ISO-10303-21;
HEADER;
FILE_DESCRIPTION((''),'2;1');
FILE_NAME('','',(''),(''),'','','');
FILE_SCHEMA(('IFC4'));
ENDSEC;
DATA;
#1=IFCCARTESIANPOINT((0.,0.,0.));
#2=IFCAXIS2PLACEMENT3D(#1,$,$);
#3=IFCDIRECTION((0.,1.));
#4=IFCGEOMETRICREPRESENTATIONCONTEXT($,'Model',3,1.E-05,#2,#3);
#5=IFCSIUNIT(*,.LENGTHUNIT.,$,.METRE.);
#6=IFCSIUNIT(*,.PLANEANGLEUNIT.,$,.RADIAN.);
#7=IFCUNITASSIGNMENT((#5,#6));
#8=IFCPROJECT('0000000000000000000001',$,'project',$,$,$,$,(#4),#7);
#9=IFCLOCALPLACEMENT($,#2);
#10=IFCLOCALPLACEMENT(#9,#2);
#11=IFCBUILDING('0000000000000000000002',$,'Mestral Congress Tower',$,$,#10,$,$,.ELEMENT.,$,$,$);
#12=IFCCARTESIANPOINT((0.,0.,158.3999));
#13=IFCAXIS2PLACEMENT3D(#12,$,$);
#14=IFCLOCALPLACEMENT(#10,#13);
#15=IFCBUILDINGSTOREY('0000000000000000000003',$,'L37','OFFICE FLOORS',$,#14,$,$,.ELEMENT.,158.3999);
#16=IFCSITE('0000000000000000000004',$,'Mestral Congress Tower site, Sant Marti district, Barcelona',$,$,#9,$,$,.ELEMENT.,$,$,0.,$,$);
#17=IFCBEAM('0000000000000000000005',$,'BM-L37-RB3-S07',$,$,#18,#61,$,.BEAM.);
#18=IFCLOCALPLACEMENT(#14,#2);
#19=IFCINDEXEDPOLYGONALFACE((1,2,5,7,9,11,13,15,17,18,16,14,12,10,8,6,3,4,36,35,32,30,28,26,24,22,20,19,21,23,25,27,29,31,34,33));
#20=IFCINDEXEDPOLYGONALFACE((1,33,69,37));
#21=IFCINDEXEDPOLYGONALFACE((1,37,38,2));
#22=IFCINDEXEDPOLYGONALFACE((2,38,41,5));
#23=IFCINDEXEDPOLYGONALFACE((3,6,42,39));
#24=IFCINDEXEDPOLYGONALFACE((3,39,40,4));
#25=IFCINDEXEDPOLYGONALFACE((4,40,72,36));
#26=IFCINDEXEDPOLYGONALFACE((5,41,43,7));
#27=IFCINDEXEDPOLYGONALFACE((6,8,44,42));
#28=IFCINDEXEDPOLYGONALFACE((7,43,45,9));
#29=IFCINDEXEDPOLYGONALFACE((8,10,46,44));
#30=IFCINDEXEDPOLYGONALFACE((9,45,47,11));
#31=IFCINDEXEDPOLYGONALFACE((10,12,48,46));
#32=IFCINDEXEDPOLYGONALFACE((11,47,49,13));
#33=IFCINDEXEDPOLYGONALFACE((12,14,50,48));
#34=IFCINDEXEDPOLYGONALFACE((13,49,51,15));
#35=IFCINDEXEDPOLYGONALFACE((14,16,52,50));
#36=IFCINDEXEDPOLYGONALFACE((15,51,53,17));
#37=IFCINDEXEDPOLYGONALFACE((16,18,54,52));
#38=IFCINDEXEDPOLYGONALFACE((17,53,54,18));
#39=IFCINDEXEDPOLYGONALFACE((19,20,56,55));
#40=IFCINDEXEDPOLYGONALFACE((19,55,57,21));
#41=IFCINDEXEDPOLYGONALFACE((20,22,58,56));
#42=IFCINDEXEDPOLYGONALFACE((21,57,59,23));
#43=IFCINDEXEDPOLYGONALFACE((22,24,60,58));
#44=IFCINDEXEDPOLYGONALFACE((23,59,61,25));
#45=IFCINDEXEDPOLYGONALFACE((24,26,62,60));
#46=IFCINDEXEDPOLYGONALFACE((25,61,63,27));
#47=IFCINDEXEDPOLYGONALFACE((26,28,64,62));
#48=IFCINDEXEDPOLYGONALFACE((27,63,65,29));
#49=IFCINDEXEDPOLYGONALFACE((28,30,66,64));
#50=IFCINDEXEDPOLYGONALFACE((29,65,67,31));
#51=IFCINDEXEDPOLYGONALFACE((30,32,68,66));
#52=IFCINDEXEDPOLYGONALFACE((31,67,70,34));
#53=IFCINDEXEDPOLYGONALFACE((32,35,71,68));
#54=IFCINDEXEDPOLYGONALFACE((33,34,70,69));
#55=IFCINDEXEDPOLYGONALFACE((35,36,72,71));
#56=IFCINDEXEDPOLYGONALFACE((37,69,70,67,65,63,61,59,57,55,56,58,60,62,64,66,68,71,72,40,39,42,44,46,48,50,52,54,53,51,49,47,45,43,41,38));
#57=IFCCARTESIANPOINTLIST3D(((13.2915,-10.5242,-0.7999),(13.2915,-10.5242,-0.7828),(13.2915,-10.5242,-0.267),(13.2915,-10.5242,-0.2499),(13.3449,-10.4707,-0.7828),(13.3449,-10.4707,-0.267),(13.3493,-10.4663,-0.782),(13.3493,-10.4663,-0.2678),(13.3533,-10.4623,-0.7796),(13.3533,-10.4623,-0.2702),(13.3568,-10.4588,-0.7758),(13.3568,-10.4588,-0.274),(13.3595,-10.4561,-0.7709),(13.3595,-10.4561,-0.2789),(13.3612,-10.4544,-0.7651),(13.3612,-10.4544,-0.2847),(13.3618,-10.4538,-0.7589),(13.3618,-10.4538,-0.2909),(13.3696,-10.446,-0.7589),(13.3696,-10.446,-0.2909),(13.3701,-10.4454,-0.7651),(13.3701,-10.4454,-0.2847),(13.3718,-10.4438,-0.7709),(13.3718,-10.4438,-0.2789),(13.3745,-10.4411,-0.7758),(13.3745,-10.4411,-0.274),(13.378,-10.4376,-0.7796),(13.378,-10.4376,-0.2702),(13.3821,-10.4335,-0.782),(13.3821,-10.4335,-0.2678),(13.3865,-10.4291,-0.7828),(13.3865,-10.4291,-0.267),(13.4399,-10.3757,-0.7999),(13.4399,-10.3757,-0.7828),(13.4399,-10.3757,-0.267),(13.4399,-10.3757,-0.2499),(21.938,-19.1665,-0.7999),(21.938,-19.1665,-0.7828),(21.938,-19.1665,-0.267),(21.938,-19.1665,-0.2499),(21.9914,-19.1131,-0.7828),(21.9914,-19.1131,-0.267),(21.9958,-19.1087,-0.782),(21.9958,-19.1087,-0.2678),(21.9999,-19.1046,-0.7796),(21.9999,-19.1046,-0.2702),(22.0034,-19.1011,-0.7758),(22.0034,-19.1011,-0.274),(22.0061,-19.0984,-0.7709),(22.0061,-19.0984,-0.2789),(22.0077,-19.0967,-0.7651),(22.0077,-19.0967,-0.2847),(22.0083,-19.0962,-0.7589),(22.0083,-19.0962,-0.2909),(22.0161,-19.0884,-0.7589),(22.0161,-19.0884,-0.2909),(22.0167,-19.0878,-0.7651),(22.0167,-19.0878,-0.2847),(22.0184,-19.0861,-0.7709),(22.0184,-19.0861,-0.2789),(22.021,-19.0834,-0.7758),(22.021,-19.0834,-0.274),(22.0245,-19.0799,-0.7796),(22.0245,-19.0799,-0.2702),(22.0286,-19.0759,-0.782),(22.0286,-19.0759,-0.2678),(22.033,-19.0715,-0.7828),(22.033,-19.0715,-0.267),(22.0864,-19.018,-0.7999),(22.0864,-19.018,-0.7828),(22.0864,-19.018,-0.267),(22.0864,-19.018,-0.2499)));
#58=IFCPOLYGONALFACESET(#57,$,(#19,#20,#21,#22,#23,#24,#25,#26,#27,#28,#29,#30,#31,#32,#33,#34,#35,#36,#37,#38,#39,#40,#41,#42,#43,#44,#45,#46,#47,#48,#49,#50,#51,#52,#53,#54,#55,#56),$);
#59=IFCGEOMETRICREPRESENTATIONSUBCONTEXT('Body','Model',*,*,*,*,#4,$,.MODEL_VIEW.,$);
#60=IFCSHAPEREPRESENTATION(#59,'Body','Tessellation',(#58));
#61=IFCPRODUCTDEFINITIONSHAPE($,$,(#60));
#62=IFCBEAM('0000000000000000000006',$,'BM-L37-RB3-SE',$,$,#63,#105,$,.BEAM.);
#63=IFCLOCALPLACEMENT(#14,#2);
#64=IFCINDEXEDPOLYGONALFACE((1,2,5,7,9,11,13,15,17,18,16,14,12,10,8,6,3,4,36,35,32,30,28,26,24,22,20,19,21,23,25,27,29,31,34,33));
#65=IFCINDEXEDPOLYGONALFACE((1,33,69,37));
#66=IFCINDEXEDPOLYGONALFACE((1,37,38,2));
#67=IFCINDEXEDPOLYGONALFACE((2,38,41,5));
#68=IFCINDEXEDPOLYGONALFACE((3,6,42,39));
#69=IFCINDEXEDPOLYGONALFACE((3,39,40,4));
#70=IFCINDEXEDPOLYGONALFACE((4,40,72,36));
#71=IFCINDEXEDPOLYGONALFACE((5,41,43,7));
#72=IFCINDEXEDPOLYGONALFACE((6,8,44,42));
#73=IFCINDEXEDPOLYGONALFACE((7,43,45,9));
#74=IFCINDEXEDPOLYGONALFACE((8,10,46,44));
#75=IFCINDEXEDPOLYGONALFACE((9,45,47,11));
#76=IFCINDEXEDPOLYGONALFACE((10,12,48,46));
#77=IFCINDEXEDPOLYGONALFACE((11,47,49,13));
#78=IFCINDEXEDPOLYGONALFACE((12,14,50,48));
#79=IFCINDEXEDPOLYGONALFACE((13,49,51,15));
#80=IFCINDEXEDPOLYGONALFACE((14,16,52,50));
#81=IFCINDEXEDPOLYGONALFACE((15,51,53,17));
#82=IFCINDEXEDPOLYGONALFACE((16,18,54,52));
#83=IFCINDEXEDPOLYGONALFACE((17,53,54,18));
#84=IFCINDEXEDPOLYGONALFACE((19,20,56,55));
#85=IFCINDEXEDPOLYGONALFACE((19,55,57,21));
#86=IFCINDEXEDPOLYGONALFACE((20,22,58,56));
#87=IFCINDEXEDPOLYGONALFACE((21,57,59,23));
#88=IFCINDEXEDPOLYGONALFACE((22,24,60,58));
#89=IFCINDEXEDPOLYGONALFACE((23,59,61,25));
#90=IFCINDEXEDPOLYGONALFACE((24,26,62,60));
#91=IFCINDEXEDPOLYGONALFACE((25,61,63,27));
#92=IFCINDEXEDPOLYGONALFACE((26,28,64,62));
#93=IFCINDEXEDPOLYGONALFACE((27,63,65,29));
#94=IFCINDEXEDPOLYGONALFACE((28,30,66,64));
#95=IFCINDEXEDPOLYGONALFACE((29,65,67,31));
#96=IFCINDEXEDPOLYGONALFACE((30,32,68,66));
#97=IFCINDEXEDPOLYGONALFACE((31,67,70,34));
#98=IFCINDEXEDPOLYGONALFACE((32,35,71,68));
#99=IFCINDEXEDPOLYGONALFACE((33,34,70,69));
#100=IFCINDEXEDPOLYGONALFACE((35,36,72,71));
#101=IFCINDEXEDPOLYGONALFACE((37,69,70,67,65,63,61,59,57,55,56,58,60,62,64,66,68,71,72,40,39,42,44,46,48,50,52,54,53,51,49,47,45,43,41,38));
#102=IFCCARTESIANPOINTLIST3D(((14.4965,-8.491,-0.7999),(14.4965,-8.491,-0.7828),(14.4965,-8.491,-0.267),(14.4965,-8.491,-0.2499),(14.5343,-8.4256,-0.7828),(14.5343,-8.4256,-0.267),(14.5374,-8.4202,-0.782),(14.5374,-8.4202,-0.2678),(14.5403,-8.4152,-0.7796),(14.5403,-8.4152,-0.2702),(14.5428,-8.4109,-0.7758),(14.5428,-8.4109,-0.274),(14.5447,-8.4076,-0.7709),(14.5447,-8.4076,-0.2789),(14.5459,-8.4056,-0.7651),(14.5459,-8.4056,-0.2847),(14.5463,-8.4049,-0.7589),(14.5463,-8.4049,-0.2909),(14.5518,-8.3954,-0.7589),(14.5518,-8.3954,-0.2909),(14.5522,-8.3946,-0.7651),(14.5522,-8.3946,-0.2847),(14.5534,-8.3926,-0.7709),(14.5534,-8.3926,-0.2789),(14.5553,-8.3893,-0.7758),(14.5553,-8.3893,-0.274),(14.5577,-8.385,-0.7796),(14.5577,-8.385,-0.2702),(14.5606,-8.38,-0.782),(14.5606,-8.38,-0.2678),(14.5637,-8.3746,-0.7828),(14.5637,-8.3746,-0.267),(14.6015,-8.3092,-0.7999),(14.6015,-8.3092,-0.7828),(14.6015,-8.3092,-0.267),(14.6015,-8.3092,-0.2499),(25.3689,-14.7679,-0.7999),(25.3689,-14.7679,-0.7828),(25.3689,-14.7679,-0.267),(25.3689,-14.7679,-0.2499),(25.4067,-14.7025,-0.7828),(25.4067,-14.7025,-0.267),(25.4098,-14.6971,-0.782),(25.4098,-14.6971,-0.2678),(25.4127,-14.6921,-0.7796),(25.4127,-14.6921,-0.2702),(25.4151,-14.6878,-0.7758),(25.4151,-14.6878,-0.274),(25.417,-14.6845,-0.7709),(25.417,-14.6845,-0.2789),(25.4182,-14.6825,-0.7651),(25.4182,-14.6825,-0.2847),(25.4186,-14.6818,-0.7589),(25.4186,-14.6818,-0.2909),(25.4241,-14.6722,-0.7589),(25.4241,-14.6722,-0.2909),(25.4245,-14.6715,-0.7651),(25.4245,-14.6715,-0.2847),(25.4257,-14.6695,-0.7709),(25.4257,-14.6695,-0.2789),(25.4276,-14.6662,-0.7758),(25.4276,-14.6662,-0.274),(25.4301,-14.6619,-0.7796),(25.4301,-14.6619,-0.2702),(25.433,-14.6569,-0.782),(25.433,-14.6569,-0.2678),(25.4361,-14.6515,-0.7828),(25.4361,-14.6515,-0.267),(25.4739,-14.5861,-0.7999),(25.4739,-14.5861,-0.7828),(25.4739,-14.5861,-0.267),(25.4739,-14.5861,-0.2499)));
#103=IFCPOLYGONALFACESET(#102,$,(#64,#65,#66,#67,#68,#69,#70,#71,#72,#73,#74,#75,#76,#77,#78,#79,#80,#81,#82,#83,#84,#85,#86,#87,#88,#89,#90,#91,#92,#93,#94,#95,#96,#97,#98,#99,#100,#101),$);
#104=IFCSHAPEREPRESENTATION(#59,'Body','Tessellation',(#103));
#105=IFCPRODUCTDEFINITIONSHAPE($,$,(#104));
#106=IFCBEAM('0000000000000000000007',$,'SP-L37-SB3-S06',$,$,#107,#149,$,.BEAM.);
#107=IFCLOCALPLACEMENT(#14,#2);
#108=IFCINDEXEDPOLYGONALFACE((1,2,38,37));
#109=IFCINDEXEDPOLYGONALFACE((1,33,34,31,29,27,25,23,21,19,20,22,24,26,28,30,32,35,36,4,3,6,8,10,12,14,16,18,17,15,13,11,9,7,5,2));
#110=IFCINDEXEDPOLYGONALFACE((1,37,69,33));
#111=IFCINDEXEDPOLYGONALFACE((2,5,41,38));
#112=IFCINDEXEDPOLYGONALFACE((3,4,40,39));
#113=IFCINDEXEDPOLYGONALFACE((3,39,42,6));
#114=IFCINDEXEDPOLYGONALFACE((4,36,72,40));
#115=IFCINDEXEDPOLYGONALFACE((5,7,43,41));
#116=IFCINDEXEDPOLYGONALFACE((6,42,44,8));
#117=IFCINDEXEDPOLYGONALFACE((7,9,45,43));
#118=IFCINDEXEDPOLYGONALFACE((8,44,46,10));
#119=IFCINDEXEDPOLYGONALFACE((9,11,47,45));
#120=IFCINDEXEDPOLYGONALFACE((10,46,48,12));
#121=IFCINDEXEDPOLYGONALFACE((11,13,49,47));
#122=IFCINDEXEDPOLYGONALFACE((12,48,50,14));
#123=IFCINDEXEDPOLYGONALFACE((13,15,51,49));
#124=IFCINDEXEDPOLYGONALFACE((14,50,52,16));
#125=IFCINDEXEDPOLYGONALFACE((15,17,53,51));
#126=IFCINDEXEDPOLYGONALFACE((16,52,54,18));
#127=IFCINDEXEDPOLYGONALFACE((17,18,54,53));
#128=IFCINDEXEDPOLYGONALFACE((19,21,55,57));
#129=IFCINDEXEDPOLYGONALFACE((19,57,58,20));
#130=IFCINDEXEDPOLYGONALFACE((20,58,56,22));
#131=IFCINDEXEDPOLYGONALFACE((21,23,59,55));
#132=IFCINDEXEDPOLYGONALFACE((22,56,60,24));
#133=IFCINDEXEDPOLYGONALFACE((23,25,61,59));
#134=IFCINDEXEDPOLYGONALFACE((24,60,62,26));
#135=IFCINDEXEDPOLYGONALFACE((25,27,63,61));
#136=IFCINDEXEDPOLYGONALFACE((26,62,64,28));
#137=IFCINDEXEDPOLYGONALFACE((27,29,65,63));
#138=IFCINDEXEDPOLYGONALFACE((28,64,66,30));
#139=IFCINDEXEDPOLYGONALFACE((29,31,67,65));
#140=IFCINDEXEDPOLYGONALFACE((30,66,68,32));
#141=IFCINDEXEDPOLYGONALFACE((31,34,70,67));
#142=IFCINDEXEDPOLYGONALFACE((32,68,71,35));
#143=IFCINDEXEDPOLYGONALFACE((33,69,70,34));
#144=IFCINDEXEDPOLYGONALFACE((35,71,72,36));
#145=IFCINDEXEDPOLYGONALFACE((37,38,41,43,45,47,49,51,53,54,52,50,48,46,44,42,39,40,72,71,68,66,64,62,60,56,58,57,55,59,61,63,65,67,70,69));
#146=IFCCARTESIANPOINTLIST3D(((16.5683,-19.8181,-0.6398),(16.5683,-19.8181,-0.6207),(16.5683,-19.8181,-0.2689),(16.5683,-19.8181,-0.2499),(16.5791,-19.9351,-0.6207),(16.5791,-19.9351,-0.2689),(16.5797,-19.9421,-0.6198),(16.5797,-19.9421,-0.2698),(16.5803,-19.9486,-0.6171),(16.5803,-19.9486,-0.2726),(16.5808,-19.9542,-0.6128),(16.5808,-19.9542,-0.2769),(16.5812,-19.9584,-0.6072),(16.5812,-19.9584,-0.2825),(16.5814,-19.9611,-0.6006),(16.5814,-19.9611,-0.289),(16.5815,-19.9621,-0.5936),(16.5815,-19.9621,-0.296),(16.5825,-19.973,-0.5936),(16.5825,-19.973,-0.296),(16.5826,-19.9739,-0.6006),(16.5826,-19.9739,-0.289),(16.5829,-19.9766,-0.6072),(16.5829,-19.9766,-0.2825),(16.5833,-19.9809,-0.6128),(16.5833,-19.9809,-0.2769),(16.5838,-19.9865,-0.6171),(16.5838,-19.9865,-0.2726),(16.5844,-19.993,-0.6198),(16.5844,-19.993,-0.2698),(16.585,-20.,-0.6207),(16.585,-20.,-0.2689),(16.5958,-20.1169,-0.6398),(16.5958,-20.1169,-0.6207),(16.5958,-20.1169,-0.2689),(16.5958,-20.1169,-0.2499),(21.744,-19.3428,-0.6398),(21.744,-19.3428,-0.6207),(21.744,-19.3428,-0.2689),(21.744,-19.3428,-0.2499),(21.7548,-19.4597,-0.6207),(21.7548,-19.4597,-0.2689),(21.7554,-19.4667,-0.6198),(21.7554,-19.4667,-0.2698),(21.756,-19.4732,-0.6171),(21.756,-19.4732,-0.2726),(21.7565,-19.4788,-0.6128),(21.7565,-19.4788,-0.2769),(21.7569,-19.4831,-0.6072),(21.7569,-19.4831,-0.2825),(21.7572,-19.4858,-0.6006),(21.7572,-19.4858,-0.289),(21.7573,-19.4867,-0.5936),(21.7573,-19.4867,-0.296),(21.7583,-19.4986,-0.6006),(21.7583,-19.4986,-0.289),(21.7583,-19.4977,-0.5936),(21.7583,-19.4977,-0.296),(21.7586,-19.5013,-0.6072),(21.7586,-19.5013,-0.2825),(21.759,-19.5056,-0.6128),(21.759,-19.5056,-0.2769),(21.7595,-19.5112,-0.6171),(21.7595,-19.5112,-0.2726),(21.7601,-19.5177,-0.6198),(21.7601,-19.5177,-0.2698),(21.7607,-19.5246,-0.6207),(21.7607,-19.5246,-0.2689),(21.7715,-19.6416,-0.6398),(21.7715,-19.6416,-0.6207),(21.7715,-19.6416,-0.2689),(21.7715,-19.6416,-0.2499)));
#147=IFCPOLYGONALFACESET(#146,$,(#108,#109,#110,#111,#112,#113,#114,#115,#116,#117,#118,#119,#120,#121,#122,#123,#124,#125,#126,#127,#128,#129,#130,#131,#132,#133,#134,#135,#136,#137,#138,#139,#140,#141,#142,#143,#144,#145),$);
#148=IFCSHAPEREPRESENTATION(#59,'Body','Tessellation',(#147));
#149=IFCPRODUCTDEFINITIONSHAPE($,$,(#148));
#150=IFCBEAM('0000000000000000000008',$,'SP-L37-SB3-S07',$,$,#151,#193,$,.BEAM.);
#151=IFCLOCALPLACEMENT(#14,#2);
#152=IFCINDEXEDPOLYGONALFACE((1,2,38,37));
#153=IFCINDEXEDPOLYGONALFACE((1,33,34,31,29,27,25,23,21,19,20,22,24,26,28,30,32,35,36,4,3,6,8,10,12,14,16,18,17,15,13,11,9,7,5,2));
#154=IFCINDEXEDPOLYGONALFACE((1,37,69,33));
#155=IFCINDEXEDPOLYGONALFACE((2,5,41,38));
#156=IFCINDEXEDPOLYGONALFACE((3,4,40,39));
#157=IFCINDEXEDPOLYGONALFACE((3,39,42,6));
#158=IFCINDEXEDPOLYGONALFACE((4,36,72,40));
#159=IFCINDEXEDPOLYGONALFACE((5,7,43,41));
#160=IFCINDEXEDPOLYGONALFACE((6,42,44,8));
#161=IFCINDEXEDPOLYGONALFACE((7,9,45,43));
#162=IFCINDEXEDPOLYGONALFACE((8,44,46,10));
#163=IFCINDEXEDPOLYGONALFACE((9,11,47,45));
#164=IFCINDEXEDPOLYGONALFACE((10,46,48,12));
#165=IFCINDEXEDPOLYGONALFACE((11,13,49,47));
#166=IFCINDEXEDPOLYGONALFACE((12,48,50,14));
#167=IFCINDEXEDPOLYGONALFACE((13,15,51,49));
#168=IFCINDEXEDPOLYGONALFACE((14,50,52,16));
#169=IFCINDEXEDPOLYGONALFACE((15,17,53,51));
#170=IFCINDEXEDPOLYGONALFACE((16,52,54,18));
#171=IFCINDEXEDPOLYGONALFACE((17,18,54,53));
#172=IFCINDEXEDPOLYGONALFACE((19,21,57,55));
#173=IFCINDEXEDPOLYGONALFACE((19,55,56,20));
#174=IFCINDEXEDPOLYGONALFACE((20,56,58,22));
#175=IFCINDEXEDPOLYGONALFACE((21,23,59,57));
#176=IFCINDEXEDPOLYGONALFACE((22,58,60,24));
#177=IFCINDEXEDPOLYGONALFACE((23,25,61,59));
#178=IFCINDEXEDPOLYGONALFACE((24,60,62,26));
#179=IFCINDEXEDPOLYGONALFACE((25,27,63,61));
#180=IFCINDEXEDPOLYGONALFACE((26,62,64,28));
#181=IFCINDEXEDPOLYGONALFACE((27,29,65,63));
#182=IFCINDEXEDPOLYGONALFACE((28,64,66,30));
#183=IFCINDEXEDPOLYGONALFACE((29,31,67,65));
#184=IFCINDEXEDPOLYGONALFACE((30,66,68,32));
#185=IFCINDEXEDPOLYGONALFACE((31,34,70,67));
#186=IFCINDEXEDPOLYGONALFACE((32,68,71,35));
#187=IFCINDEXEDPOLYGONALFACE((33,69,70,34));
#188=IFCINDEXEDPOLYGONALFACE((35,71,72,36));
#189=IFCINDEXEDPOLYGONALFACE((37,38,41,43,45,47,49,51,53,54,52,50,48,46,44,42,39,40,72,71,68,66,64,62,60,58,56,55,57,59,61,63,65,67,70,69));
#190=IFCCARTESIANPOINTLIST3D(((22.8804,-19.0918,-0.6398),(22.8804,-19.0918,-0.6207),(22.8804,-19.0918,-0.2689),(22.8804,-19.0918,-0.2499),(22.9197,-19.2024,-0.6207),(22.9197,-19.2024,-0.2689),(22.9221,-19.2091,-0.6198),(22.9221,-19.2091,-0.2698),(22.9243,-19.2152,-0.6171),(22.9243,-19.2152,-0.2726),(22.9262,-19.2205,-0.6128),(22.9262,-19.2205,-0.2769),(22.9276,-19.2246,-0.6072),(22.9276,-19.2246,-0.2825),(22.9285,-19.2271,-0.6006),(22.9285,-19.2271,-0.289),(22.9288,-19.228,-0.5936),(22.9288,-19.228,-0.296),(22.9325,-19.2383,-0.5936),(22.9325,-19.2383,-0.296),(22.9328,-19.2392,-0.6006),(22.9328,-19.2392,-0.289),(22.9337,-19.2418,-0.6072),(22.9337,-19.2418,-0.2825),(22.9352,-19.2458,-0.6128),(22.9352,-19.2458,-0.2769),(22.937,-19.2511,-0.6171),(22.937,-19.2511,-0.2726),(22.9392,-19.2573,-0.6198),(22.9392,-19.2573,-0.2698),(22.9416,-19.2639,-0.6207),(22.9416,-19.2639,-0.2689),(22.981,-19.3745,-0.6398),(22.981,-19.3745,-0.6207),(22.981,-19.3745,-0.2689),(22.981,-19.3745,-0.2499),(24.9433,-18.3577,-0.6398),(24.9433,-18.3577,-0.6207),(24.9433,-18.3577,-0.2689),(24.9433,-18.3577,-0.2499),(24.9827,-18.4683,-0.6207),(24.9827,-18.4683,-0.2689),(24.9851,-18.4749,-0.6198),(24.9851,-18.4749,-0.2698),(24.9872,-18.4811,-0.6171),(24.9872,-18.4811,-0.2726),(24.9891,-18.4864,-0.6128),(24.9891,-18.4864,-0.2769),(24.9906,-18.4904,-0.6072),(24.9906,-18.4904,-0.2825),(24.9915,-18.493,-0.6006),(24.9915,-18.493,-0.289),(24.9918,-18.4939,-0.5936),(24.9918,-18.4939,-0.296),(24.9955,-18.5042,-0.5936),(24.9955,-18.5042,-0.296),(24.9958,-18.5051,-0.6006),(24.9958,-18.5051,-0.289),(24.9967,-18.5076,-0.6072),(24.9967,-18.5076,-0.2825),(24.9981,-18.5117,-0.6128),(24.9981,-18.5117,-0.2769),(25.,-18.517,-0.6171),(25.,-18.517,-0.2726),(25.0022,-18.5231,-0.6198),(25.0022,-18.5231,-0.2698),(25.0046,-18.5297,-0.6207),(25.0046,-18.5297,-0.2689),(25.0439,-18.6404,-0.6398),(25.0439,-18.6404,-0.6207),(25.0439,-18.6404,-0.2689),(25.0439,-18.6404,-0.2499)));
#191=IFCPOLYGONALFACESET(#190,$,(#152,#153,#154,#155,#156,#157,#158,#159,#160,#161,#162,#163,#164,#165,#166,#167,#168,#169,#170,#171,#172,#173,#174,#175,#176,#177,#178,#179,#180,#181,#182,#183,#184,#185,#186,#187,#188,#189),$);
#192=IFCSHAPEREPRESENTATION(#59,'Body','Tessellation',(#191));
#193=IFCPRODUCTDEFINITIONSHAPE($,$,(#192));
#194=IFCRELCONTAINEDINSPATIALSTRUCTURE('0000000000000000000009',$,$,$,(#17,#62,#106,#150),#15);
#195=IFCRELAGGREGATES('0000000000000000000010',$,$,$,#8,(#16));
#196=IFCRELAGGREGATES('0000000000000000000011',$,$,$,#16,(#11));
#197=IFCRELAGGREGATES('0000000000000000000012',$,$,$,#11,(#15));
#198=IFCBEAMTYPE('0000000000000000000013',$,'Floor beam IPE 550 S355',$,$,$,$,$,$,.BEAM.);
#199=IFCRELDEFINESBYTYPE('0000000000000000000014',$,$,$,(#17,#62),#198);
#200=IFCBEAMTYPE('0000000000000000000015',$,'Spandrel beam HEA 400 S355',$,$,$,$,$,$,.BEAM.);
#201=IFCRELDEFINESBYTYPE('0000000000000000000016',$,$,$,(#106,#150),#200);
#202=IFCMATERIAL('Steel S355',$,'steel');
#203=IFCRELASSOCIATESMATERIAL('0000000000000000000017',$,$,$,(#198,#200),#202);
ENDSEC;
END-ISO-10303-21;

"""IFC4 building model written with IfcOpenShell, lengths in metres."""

from ifc_helpers import new_model, si_unit, direction, frame, origin, origin_2d, place, context, subcontext, project, spatial, i_section, extrude, material, material_profile, profile_set, type_object, element, save


model = new_model("IFC4")

# Units and contexts
model_context = context("Model", 3, precision=1e-05, world=origin(), true_north=direction((0.0, 1.0)))
body_context = subcontext(model_context, "Body", "Model", "MODEL_VIEW")
ifc_project = project(units=[si_unit("LENGTHUNIT", "METRE"), si_unit("PLANEANGLEUNIT", "RADIAN")], contexts=[model_context])

# Site, building, storey
site_placement = place(None, origin())
site = spatial("IfcSite", under=ifc_project, at=site_placement, Name="Mestral Congress Tower site, Sant Marti district, Barcelona", CompositionType="ELEMENT", RefElevation=0.0)
building_placement = place(site_placement, origin())
building = spatial("IfcBuilding", under=site, at=building_placement, Name="Mestral Congress Tower", CompositionType="ELEMENT")
storey_placement = place(building_placement, frame((0.0, 0.0, 158.3999)))
storey = spatial("IfcBuildingStorey", under=building, at=storey_placement, Name="L37", Description="OFFICE FLOORS", CompositionType="ELEMENT", Elevation=158.3999)

# Beams
ifc_material_1 = material(Name="Steel S355", Category="steel")
ifc_material_profile_1 = material_profile(ifc_material_1, i_section(OverallWidth=0.21, OverallDepth=0.55, WebThickness=0.011, FlangeThickness=0.0171, FilletRadius=0.0239, at=origin_2d()), Name="IPE 550")
ifc_profile_set_1 = profile_set([ifc_material_profile_1], Name="Steel S355")
beam_type_1 = type_object("IfcBeamType", Name="Floor beam IPE 550 S355", PredefinedType="BEAM", material=ifc_profile_set_1)
beam_1_placement = place(storey_placement, frame((22.0122, -19.0923, -0.5249), z_axis=(-0.707277, 0.706937, 0.0), x_axis=(-0.706937, -0.707277, 0.0)))
element("IfcBeam", 1, at=beam_1_placement, inside=storey, type_object=beam_type_1, Name="BM-L37-RB3-S07", PredefinedType="BEAM", context=body_context, shape_type="SweptSolid", body=[
    extrude(i_section(OverallWidth=0.21, OverallDepth=0.55, WebThickness=0.011, FlangeThickness=0.0171, FilletRadius=0.0239, at=origin_2d()), origin(), (0.0, 0.0, 1.0), 12.2251),
])
beam_2_placement = place(storey_placement, frame((25.4214, -14.677, -0.5249), z_axis=(-0.866035, 0.499983, 0.0), x_axis=(-0.499983, -0.866035, 0.0)))
element("IfcBeam", 2, at=beam_2_placement, inside=storey, type_object=beam_type_1, Name="BM-L37-RB3-SE", PredefinedType="BEAM", context=body_context, shape_type="SweptSolid", body=[
    extrude(i_section(OverallWidth=0.21, OverallDepth=0.55, WebThickness=0.011, FlangeThickness=0.0171, FilletRadius=0.0239, at=origin_2d()), origin(), (0.0, 0.0, 1.0), 12.5542),
])
ifc_material_profile_2 = material_profile(ifc_material_1, i_section(OverallWidth=0.3, OverallDepth=0.3899, WebThickness=0.011, FlangeThickness=0.019, FilletRadius=0.0271, at=origin_2d()), Name="HEA 400")
ifc_profile_set_2 = profile_set([ifc_material_profile_2], Name="Steel S355")
beam_type_2 = type_object("IfcBeamType", Name="Spandrel beam HEA 400 S355", PredefinedType="BEAM", material=ifc_profile_set_2)
beam_3_placement = place(storey_placement, frame((16.582, -19.9675, -0.4448), z_axis=(0.995809, 0.091455, 0.0), x_axis=(-0.091455, 0.995809, 0.0)))
element("IfcBeam", 3, at=beam_3_placement, inside=storey, type_object=beam_type_2, Name="SP-L37-SB3-S06", PredefinedType="BEAM", context=body_context, shape_type="SweptSolid", body=[
    extrude(i_section(OverallWidth=0.3, OverallDepth=0.3899, WebThickness=0.011, FlangeThickness=0.019, FilletRadius=0.0271, at=origin_2d()), origin(), (0.0, 0.0, 1.0), 5.1975),
])
beam_4_placement = place(storey_placement, frame((22.9307, -19.2332, -0.4448), z_axis=(0.942125, 0.335263, 0.0), x_axis=(-0.335263, 0.942125, 0.0)))
element("IfcBeam", 4, at=beam_4_placement, inside=storey, type_object=beam_type_2, Name="SP-L37-SB3-S07", PredefinedType="BEAM", context=body_context, shape_type="SweptSolid", body=[
    extrude(i_section(OverallWidth=0.3, OverallDepth=0.3899, WebThickness=0.011, FlangeThickness=0.019, FilletRadius=0.0271, at=origin_2d()), origin(), (0.0, 0.0, 1.0), 2.1897),
])

save(model, "model.ifc")
